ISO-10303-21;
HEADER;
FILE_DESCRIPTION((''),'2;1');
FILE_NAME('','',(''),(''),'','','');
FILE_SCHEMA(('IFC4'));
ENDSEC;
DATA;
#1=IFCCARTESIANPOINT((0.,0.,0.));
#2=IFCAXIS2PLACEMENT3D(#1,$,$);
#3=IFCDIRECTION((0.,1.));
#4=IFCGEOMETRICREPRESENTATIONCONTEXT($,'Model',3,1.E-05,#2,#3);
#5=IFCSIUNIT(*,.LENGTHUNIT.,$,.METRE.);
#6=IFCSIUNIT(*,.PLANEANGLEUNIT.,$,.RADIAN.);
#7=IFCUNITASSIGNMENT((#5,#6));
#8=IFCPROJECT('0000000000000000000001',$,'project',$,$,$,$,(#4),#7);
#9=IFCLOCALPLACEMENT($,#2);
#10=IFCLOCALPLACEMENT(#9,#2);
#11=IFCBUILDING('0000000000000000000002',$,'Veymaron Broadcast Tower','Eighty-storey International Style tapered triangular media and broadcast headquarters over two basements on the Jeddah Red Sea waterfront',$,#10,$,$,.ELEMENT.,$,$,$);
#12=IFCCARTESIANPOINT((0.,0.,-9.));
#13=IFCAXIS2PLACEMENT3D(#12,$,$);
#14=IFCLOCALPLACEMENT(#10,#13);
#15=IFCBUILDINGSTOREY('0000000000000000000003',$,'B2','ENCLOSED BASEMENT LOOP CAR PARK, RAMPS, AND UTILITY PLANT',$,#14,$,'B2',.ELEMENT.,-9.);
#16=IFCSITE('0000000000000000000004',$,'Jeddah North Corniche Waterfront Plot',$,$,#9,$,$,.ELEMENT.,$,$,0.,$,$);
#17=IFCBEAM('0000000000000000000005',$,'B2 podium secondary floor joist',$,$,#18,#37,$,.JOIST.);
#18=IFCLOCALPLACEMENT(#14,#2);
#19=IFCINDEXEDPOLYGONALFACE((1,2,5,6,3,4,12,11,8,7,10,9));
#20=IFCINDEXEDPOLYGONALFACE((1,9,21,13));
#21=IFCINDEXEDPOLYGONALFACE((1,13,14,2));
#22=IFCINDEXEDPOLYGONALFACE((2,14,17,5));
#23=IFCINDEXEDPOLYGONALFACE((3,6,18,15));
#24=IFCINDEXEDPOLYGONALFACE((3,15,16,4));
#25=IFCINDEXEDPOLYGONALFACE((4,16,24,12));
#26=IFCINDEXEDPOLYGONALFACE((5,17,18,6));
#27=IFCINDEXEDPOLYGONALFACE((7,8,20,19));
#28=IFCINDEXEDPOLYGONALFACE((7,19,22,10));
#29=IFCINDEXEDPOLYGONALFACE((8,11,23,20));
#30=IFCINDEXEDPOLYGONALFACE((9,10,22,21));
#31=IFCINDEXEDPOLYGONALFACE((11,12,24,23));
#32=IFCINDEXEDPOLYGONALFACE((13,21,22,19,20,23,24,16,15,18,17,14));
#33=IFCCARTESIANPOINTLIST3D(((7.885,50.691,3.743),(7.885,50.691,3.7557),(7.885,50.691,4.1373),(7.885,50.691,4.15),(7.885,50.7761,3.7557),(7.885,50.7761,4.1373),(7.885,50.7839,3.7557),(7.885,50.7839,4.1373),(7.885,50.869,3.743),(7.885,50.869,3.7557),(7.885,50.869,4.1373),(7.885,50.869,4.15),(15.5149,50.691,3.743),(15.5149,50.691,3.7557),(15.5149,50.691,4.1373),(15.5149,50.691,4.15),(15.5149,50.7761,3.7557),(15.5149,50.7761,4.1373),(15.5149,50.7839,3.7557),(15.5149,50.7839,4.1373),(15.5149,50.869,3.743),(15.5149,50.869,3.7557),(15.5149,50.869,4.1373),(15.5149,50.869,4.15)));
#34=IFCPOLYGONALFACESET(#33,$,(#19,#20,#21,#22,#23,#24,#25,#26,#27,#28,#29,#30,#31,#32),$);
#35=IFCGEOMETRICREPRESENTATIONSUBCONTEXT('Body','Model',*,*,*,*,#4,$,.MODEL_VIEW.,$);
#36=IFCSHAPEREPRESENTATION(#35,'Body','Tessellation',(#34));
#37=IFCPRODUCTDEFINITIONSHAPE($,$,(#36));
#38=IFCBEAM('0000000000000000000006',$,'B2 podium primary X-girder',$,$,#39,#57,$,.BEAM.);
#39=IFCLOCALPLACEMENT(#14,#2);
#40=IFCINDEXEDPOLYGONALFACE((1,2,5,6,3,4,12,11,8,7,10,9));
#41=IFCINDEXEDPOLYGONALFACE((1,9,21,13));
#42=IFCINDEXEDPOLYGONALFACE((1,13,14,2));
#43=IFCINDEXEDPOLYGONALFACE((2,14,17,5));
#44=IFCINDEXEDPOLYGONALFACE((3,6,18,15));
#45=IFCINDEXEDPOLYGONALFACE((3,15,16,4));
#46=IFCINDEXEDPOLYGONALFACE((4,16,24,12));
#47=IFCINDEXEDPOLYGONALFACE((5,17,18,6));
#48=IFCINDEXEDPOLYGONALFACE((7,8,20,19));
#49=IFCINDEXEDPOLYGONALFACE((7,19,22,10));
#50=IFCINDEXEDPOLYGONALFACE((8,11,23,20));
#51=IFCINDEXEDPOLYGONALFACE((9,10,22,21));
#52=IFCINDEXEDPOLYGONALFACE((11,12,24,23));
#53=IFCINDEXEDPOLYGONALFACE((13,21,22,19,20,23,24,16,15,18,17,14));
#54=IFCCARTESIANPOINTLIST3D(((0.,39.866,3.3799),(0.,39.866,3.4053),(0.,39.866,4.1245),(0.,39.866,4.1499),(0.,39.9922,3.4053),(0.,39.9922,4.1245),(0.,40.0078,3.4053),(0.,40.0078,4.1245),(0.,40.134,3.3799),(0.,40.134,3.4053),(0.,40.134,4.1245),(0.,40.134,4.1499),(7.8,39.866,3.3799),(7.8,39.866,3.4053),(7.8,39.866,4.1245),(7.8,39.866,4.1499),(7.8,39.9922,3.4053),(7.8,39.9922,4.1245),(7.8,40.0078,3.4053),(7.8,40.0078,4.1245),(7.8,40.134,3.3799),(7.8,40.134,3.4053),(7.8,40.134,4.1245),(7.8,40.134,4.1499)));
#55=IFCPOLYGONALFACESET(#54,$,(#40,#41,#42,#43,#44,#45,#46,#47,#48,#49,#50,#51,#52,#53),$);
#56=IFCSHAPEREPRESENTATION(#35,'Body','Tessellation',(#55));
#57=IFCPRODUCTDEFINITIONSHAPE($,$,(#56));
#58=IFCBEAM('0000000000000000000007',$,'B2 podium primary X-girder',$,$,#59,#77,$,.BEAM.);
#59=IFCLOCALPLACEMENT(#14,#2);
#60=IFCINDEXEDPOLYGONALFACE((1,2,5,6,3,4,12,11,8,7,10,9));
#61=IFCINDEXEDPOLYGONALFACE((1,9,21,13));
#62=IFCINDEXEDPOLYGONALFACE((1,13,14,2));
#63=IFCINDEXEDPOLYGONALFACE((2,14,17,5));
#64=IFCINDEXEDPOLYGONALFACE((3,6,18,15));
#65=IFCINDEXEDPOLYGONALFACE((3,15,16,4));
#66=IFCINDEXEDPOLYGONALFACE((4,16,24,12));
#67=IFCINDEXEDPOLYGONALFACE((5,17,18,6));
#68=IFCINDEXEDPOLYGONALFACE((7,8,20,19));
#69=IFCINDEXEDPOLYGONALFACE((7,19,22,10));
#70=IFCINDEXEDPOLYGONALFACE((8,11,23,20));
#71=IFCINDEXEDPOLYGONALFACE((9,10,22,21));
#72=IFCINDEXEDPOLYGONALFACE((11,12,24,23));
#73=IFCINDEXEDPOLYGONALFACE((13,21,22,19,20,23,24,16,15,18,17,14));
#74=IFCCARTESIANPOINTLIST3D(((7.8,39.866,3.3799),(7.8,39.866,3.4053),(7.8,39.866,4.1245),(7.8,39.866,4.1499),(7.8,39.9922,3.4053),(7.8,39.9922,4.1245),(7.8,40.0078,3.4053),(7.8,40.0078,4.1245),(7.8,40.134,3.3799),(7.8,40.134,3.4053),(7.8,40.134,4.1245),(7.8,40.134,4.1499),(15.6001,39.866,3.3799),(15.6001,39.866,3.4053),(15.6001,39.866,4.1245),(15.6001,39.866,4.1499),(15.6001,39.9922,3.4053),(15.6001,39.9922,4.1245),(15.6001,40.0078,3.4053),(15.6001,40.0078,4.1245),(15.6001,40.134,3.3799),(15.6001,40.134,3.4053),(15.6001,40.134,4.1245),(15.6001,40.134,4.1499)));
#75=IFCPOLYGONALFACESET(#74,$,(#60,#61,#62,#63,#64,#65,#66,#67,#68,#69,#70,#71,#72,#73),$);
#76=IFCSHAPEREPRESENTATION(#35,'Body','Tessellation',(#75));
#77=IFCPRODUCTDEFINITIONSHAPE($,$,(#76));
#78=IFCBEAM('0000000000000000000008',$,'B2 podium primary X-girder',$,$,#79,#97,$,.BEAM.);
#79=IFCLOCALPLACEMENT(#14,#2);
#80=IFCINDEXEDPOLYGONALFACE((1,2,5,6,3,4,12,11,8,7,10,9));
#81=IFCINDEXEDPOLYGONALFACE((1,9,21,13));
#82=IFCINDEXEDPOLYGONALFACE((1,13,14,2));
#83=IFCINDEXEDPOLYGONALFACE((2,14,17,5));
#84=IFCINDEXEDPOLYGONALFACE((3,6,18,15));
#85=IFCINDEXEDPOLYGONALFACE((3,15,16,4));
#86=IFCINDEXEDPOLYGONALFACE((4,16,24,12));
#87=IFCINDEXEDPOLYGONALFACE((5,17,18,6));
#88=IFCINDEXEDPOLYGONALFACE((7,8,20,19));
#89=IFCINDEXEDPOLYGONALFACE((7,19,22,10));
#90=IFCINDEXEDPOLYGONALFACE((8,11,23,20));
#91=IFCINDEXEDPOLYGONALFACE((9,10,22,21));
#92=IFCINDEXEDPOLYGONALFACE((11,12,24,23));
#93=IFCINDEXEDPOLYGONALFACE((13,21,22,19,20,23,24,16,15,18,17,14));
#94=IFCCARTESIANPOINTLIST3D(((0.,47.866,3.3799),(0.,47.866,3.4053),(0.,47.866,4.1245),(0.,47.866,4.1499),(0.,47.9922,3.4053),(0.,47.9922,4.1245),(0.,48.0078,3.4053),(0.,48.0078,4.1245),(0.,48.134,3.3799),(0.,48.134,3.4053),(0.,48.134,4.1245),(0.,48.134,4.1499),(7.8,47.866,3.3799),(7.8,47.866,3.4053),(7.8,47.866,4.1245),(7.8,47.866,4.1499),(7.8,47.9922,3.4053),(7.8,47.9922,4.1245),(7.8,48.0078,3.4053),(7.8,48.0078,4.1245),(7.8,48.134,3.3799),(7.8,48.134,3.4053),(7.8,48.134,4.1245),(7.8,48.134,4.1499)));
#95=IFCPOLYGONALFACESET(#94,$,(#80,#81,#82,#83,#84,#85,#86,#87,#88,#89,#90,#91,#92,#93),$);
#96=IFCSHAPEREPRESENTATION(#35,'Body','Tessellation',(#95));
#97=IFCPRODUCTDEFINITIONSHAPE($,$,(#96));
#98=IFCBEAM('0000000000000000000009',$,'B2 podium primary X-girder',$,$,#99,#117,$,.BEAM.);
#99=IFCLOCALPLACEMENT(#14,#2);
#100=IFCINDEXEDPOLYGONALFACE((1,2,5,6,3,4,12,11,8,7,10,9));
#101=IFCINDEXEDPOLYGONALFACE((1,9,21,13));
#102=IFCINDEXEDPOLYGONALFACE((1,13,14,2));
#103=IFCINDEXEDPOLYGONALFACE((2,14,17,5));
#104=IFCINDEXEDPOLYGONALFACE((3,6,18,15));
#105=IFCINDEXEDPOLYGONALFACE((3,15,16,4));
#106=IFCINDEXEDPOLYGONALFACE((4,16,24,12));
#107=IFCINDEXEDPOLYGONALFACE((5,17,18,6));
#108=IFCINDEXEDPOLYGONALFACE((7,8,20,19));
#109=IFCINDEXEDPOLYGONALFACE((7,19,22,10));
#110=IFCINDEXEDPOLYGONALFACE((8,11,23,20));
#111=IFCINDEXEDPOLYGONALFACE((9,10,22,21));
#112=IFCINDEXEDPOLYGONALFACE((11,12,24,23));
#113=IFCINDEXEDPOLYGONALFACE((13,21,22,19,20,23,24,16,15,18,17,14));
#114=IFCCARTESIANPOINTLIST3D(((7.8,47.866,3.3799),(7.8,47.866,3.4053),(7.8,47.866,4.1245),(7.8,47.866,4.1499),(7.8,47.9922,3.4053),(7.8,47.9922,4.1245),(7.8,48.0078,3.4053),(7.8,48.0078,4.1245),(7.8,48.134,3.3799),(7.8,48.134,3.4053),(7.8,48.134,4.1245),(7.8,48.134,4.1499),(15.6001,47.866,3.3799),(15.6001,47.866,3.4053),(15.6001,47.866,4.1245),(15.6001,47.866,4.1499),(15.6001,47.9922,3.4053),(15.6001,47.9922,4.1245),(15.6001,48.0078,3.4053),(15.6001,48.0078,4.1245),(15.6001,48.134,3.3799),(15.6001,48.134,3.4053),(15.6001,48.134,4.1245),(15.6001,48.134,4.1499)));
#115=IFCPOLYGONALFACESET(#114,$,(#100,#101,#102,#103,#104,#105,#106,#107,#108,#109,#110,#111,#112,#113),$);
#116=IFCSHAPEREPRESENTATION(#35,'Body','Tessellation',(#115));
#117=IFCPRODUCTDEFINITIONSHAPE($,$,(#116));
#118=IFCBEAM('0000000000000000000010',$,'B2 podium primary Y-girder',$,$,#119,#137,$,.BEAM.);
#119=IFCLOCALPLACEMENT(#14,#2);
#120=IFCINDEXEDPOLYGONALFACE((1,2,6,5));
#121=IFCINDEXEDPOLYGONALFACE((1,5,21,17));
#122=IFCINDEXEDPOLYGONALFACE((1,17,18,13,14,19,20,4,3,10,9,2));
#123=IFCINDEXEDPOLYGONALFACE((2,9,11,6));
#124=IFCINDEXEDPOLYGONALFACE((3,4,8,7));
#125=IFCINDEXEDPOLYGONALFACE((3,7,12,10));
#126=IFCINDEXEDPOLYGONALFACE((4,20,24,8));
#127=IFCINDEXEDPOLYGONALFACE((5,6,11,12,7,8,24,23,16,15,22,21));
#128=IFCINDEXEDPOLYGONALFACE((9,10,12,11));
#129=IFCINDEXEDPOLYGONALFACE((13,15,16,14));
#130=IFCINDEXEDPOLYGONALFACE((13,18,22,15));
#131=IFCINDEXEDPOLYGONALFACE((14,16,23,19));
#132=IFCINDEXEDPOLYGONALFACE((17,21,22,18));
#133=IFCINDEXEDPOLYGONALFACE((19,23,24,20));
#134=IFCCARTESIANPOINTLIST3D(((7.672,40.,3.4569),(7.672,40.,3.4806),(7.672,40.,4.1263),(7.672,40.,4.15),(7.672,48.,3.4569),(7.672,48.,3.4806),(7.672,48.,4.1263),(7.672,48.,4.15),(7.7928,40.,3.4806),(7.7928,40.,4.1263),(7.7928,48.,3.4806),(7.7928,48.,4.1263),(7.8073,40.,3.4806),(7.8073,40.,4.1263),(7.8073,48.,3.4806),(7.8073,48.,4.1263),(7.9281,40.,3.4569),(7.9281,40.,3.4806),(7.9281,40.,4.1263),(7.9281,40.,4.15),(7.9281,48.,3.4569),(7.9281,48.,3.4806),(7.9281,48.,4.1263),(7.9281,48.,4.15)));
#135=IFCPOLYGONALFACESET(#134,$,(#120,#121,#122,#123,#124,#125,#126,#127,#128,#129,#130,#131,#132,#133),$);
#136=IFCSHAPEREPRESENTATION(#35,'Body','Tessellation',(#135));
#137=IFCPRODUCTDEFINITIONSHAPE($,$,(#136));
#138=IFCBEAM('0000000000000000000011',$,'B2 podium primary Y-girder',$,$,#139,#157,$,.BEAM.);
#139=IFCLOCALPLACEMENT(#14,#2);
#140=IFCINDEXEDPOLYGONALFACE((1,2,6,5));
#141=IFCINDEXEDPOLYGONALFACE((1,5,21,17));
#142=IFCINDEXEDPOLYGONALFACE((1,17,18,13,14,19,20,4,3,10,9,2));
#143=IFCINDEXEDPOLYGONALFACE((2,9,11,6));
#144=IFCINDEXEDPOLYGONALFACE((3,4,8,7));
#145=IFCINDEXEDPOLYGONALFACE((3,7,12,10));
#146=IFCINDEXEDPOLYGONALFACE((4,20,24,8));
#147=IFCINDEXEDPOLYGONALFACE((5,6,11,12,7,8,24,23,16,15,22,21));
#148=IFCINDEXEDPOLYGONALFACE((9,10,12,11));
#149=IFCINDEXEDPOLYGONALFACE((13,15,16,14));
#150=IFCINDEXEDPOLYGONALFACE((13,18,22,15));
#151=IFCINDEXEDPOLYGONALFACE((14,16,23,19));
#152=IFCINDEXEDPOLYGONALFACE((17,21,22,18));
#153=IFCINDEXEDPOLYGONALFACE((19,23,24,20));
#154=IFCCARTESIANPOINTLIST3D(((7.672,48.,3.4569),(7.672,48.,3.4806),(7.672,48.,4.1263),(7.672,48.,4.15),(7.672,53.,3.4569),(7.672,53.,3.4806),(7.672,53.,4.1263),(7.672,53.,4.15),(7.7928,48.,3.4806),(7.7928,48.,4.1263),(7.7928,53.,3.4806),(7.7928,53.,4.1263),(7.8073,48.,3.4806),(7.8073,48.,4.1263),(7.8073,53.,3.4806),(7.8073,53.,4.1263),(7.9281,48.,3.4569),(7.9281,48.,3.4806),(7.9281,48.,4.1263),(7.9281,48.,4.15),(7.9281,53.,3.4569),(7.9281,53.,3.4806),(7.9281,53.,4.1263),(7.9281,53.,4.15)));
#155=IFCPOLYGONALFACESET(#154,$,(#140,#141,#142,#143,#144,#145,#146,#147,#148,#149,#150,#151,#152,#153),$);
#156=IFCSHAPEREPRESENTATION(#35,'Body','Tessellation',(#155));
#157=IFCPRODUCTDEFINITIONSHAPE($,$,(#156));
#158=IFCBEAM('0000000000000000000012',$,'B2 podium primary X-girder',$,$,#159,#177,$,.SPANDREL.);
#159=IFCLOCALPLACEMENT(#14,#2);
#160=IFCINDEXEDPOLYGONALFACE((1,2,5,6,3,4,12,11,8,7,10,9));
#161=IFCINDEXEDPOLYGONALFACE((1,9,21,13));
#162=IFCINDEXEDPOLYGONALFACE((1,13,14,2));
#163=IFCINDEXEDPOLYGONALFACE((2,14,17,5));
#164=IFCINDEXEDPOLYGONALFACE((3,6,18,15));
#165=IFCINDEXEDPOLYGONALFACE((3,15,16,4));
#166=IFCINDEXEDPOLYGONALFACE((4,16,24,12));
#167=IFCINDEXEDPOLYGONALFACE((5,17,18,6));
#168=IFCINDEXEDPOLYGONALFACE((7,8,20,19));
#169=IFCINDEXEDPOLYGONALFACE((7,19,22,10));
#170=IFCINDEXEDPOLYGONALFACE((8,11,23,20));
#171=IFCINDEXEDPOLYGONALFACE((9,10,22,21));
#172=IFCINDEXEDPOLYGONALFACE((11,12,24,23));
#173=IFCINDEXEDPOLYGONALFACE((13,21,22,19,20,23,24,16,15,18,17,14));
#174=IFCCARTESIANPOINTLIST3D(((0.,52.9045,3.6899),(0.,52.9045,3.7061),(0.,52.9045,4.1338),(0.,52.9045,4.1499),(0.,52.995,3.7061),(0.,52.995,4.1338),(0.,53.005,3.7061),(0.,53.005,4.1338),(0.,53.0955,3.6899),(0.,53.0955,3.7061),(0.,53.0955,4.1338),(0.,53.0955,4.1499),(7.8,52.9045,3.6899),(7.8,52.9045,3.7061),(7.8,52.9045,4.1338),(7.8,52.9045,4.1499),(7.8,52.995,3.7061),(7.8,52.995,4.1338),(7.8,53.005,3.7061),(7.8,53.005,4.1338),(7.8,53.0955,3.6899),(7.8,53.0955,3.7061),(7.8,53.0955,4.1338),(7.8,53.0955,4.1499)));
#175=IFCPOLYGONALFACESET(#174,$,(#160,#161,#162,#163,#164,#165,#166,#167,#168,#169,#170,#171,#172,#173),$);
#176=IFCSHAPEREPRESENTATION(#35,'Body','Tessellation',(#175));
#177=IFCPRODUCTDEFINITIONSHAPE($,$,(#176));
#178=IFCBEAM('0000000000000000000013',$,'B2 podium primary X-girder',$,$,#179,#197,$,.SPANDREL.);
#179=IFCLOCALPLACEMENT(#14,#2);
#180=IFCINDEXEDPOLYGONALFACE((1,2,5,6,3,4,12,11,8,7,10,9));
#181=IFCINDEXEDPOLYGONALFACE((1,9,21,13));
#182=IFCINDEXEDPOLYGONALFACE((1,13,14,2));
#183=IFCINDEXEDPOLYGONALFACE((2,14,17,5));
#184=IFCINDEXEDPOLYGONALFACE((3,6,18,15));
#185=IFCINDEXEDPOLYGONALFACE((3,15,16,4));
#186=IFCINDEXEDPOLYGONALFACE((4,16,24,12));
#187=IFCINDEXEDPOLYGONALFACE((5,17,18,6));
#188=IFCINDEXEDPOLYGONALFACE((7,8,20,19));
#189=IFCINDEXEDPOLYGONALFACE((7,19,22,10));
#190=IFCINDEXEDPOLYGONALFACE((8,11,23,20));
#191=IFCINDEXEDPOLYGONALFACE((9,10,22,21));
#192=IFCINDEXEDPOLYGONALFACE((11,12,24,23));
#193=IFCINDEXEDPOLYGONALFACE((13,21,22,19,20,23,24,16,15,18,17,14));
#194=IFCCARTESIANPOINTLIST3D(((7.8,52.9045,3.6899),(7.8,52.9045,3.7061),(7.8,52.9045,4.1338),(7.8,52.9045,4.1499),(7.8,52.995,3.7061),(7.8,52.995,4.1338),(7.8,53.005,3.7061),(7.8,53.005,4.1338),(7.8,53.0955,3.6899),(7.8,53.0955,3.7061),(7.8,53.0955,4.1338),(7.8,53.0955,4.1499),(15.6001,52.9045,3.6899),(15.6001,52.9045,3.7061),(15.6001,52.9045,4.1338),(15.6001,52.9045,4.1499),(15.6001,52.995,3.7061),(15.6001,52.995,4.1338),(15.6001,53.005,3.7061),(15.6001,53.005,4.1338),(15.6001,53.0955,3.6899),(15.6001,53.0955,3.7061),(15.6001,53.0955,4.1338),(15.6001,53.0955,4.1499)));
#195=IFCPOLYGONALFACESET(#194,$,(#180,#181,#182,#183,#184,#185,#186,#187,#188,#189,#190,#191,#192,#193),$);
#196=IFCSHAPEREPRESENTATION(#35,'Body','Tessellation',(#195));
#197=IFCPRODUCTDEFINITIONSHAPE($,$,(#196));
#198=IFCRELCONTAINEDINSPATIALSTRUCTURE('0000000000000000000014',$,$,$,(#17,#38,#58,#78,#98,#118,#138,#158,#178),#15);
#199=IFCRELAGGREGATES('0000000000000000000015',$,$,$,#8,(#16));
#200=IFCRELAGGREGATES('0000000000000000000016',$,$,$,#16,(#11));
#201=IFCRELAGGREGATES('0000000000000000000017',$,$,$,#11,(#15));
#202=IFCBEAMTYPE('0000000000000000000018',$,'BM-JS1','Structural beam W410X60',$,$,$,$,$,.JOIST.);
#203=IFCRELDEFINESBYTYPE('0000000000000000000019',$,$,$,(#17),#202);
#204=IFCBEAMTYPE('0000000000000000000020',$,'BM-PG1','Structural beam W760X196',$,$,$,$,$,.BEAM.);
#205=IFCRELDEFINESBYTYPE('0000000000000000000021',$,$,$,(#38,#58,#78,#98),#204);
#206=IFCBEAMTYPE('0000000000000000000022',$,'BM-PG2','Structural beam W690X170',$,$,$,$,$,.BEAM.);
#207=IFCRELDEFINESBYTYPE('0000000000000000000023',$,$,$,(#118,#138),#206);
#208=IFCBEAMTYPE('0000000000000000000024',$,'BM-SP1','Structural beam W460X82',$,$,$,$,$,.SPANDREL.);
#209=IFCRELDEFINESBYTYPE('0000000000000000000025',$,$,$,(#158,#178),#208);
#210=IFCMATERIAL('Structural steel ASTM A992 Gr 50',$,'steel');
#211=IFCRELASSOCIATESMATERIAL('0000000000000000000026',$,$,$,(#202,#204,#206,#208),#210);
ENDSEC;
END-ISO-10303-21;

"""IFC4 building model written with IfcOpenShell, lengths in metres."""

from ifc_helpers import new_model, si_unit, direction, frame, origin, origin_2d, place, context, subcontext, project, spatial, i_section, extrude, material, material_profile, profile_set, type_object, element, save


model = new_model("IFC4")

# Units and contexts
model_context = context("Model", 3, precision=1e-05, world=origin(), true_north=direction((0.0, 1.0)))
body_context = subcontext(model_context, "Body", "Model", "MODEL_VIEW")
ifc_project = project(units=[si_unit("LENGTHUNIT", "METRE"), si_unit("PLANEANGLEUNIT", "RADIAN")], contexts=[model_context])

# Site, building, storey
site_placement = place(None, origin())
site = spatial("IfcSite", under=ifc_project, at=site_placement, Name="Jeddah North Corniche Waterfront Plot", CompositionType="ELEMENT", RefElevation=0.0)
building_placement = place(site_placement, origin())
building = spatial("IfcBuilding", under=site, at=building_placement, Name="Veymaron Broadcast Tower", Description="Eighty-storey International Style tapered triangular media and broadcast headquarters over two basements on the Jeddah Red Sea waterfront", CompositionType="ELEMENT")
storey_placement = place(building_placement, frame((0.0, 0.0, -9.0)))
storey = spatial("IfcBuildingStorey", under=building, at=storey_placement, Name="B2", Description="ENCLOSED BASEMENT LOOP CAR PARK, RAMPS, AND UTILITY PLANT", LongName="B2", CompositionType="ELEMENT", Elevation=-9.0)

# Beams
ifc_material_1 = material(Name="Structural steel ASTM A992 Gr 50", Category="steel")
ifc_material_profile_1 = material_profile(ifc_material_1, i_section(OverallWidth=0.178, OverallDepth=0.407, WebThickness=0.0078, FlangeThickness=0.0127, at=origin_2d()), Name="W410X60")
ifc_profile_set_1 = profile_set([ifc_material_profile_1], Name="Structural steel ASTM A992 Gr 50")
beam_type_1 = type_object("IfcBeamType", Name="BM-JS1", Description="Structural beam W410X60", PredefinedType="JOIST", material=ifc_profile_set_1)
for number, where, z_axis, x_axis, name in (
    (1, (7.885, 50.78, 3.9465), (1.0, 0.0, 0.0), (0.0, 1.0, 0.0), "B2 podium secondary floor joist"),
):
    element("IfcBeam", number, at=place(storey_placement, frame(where, z_axis=z_axis, x_axis=x_axis)), inside=storey, type_object=beam_type_1, Name=name, PredefinedType="JOIST", context=body_context, shape_type="SweptSolid", body=[
        extrude(i_section(OverallWidth=0.178, OverallDepth=0.407, WebThickness=0.0078, FlangeThickness=0.0127, at=origin_2d()), origin(), (0.0, 0.0, 1.0), 7.6299),
    ])
ifc_material_profile_2 = material_profile(ifc_material_1, i_section(OverallWidth=0.2681, OverallDepth=0.77, WebThickness=0.0156, FlangeThickness=0.0254, at=origin_2d()), Name="W760X196")
ifc_profile_set_2 = profile_set([ifc_material_profile_2], Name="Structural steel ASTM A992 Gr 50")
beam_type_2 = type_object("IfcBeamType", Name="BM-PG1", Description="Structural beam W760X196", PredefinedType="BEAM", material=ifc_profile_set_2)
for number, where, z_axis, x_axis, name in (
    (2, (0.0, 40.0, 3.7649), (1.0, 0.0, 0.0), (0.0, 1.0, 0.0), "B2 podium primary X-girder"),
    (3, (7.8, 40.0, 3.7649), (1.0, 0.0, 0.0), (0.0, 1.0, 0.0), "B2 podium primary X-girder"),
    (4, (0.0, 48.0, 3.7649), (1.0, 0.0, 0.0), (0.0, 1.0, 0.0), "B2 podium primary X-girder"),
    (5, (7.8, 48.0, 3.7649), (1.0, 0.0, 0.0), (0.0, 1.0, 0.0), "B2 podium primary X-girder"),
):
    element("IfcBeam", number, at=place(storey_placement, frame(where, z_axis=z_axis, x_axis=x_axis)), inside=storey, type_object=beam_type_2, Name=name, PredefinedType="BEAM", context=body_context, shape_type="SweptSolid", body=[
        extrude(i_section(OverallWidth=0.2681, OverallDepth=0.77, WebThickness=0.0156, FlangeThickness=0.0254, at=origin_2d()), origin(), (0.0, 0.0, 1.0), 7.8),
    ])
ifc_material_profile_3 = material_profile(ifc_material_1, i_section(OverallWidth=0.2561, OverallDepth=0.6931, WebThickness=0.0144, FlangeThickness=0.0237, at=origin_2d()), Name="W690X170")
ifc_profile_set_3 = profile_set([ifc_material_profile_3], Name="Structural steel ASTM A992 Gr 50")
beam_type_3 = type_object("IfcBeamType", Name="BM-PG2", Description="Structural beam W690X170", PredefinedType="BEAM", material=ifc_profile_set_3)
beam_1_placement = place(storey_placement, frame((7.8, 40.0, 3.8035), z_axis=(0.0, 1.0, 0.0), x_axis=(-1.0, 0.0, 0.0)))
element("IfcBeam", 6, at=beam_1_placement, inside=storey, type_object=beam_type_3, Name="B2 podium primary Y-girder", PredefinedType="BEAM", context=body_context, shape_type="SweptSolid", body=[
    extrude(i_section(OverallWidth=0.2561, OverallDepth=0.6931, WebThickness=0.0144, FlangeThickness=0.0237, at=origin_2d()), origin(), (0.0, 0.0, 1.0), 8.0),
])
beam_2_placement = place(storey_placement, frame((7.8, 48.0, 3.8035), z_axis=(0.0, 1.0, 0.0), x_axis=(-1.0, 0.0, 0.0)))
element("IfcBeam", 7, at=beam_2_placement, inside=storey, type_object=beam_type_3, Name="B2 podium primary Y-girder", PredefinedType="BEAM", context=body_context, shape_type="SweptSolid", body=[
    extrude(i_section(OverallWidth=0.2561, OverallDepth=0.6931, WebThickness=0.0144, FlangeThickness=0.0237, at=origin_2d()), origin(), (0.0, 0.0, 1.0), 5.0),
])
ifc_material_profile_4 = material_profile(ifc_material_1, i_section(OverallWidth=0.1909, OverallDepth=0.46, WebThickness=0.01, FlangeThickness=0.0161, at=origin_2d()), Name="W460X82")
ifc_profile_set_4 = profile_set([ifc_material_profile_4], Name="Structural steel ASTM A992 Gr 50")
beam_type_4 = type_object("IfcBeamType", Name="BM-SP1", Description="Structural beam W460X82", PredefinedType="SPANDREL", material=ifc_profile_set_4)
for number, where, z_axis, x_axis, name in (
    (8, (0.0, 53.0, 3.9199), (1.0, 0.0, 0.0), (0.0, 1.0, 0.0), "B2 podium primary X-girder"),
    (9, (7.8, 53.0, 3.9199), (1.0, 0.0, 0.0), (0.0, 1.0, 0.0), "B2 podium primary X-girder"),
):
    element("IfcBeam", number, at=place(storey_placement, frame(where, z_axis=z_axis, x_axis=x_axis)), inside=storey, type_object=beam_type_4, Name=name, PredefinedType="SPANDREL", context=body_context, shape_type="SweptSolid", body=[
        extrude(i_section(OverallWidth=0.1909, OverallDepth=0.46, WebThickness=0.01, FlangeThickness=0.0161, at=origin_2d()), origin(), (0.0, 0.0, 1.0), 7.8),
    ])

save(model, "model.ifc")
